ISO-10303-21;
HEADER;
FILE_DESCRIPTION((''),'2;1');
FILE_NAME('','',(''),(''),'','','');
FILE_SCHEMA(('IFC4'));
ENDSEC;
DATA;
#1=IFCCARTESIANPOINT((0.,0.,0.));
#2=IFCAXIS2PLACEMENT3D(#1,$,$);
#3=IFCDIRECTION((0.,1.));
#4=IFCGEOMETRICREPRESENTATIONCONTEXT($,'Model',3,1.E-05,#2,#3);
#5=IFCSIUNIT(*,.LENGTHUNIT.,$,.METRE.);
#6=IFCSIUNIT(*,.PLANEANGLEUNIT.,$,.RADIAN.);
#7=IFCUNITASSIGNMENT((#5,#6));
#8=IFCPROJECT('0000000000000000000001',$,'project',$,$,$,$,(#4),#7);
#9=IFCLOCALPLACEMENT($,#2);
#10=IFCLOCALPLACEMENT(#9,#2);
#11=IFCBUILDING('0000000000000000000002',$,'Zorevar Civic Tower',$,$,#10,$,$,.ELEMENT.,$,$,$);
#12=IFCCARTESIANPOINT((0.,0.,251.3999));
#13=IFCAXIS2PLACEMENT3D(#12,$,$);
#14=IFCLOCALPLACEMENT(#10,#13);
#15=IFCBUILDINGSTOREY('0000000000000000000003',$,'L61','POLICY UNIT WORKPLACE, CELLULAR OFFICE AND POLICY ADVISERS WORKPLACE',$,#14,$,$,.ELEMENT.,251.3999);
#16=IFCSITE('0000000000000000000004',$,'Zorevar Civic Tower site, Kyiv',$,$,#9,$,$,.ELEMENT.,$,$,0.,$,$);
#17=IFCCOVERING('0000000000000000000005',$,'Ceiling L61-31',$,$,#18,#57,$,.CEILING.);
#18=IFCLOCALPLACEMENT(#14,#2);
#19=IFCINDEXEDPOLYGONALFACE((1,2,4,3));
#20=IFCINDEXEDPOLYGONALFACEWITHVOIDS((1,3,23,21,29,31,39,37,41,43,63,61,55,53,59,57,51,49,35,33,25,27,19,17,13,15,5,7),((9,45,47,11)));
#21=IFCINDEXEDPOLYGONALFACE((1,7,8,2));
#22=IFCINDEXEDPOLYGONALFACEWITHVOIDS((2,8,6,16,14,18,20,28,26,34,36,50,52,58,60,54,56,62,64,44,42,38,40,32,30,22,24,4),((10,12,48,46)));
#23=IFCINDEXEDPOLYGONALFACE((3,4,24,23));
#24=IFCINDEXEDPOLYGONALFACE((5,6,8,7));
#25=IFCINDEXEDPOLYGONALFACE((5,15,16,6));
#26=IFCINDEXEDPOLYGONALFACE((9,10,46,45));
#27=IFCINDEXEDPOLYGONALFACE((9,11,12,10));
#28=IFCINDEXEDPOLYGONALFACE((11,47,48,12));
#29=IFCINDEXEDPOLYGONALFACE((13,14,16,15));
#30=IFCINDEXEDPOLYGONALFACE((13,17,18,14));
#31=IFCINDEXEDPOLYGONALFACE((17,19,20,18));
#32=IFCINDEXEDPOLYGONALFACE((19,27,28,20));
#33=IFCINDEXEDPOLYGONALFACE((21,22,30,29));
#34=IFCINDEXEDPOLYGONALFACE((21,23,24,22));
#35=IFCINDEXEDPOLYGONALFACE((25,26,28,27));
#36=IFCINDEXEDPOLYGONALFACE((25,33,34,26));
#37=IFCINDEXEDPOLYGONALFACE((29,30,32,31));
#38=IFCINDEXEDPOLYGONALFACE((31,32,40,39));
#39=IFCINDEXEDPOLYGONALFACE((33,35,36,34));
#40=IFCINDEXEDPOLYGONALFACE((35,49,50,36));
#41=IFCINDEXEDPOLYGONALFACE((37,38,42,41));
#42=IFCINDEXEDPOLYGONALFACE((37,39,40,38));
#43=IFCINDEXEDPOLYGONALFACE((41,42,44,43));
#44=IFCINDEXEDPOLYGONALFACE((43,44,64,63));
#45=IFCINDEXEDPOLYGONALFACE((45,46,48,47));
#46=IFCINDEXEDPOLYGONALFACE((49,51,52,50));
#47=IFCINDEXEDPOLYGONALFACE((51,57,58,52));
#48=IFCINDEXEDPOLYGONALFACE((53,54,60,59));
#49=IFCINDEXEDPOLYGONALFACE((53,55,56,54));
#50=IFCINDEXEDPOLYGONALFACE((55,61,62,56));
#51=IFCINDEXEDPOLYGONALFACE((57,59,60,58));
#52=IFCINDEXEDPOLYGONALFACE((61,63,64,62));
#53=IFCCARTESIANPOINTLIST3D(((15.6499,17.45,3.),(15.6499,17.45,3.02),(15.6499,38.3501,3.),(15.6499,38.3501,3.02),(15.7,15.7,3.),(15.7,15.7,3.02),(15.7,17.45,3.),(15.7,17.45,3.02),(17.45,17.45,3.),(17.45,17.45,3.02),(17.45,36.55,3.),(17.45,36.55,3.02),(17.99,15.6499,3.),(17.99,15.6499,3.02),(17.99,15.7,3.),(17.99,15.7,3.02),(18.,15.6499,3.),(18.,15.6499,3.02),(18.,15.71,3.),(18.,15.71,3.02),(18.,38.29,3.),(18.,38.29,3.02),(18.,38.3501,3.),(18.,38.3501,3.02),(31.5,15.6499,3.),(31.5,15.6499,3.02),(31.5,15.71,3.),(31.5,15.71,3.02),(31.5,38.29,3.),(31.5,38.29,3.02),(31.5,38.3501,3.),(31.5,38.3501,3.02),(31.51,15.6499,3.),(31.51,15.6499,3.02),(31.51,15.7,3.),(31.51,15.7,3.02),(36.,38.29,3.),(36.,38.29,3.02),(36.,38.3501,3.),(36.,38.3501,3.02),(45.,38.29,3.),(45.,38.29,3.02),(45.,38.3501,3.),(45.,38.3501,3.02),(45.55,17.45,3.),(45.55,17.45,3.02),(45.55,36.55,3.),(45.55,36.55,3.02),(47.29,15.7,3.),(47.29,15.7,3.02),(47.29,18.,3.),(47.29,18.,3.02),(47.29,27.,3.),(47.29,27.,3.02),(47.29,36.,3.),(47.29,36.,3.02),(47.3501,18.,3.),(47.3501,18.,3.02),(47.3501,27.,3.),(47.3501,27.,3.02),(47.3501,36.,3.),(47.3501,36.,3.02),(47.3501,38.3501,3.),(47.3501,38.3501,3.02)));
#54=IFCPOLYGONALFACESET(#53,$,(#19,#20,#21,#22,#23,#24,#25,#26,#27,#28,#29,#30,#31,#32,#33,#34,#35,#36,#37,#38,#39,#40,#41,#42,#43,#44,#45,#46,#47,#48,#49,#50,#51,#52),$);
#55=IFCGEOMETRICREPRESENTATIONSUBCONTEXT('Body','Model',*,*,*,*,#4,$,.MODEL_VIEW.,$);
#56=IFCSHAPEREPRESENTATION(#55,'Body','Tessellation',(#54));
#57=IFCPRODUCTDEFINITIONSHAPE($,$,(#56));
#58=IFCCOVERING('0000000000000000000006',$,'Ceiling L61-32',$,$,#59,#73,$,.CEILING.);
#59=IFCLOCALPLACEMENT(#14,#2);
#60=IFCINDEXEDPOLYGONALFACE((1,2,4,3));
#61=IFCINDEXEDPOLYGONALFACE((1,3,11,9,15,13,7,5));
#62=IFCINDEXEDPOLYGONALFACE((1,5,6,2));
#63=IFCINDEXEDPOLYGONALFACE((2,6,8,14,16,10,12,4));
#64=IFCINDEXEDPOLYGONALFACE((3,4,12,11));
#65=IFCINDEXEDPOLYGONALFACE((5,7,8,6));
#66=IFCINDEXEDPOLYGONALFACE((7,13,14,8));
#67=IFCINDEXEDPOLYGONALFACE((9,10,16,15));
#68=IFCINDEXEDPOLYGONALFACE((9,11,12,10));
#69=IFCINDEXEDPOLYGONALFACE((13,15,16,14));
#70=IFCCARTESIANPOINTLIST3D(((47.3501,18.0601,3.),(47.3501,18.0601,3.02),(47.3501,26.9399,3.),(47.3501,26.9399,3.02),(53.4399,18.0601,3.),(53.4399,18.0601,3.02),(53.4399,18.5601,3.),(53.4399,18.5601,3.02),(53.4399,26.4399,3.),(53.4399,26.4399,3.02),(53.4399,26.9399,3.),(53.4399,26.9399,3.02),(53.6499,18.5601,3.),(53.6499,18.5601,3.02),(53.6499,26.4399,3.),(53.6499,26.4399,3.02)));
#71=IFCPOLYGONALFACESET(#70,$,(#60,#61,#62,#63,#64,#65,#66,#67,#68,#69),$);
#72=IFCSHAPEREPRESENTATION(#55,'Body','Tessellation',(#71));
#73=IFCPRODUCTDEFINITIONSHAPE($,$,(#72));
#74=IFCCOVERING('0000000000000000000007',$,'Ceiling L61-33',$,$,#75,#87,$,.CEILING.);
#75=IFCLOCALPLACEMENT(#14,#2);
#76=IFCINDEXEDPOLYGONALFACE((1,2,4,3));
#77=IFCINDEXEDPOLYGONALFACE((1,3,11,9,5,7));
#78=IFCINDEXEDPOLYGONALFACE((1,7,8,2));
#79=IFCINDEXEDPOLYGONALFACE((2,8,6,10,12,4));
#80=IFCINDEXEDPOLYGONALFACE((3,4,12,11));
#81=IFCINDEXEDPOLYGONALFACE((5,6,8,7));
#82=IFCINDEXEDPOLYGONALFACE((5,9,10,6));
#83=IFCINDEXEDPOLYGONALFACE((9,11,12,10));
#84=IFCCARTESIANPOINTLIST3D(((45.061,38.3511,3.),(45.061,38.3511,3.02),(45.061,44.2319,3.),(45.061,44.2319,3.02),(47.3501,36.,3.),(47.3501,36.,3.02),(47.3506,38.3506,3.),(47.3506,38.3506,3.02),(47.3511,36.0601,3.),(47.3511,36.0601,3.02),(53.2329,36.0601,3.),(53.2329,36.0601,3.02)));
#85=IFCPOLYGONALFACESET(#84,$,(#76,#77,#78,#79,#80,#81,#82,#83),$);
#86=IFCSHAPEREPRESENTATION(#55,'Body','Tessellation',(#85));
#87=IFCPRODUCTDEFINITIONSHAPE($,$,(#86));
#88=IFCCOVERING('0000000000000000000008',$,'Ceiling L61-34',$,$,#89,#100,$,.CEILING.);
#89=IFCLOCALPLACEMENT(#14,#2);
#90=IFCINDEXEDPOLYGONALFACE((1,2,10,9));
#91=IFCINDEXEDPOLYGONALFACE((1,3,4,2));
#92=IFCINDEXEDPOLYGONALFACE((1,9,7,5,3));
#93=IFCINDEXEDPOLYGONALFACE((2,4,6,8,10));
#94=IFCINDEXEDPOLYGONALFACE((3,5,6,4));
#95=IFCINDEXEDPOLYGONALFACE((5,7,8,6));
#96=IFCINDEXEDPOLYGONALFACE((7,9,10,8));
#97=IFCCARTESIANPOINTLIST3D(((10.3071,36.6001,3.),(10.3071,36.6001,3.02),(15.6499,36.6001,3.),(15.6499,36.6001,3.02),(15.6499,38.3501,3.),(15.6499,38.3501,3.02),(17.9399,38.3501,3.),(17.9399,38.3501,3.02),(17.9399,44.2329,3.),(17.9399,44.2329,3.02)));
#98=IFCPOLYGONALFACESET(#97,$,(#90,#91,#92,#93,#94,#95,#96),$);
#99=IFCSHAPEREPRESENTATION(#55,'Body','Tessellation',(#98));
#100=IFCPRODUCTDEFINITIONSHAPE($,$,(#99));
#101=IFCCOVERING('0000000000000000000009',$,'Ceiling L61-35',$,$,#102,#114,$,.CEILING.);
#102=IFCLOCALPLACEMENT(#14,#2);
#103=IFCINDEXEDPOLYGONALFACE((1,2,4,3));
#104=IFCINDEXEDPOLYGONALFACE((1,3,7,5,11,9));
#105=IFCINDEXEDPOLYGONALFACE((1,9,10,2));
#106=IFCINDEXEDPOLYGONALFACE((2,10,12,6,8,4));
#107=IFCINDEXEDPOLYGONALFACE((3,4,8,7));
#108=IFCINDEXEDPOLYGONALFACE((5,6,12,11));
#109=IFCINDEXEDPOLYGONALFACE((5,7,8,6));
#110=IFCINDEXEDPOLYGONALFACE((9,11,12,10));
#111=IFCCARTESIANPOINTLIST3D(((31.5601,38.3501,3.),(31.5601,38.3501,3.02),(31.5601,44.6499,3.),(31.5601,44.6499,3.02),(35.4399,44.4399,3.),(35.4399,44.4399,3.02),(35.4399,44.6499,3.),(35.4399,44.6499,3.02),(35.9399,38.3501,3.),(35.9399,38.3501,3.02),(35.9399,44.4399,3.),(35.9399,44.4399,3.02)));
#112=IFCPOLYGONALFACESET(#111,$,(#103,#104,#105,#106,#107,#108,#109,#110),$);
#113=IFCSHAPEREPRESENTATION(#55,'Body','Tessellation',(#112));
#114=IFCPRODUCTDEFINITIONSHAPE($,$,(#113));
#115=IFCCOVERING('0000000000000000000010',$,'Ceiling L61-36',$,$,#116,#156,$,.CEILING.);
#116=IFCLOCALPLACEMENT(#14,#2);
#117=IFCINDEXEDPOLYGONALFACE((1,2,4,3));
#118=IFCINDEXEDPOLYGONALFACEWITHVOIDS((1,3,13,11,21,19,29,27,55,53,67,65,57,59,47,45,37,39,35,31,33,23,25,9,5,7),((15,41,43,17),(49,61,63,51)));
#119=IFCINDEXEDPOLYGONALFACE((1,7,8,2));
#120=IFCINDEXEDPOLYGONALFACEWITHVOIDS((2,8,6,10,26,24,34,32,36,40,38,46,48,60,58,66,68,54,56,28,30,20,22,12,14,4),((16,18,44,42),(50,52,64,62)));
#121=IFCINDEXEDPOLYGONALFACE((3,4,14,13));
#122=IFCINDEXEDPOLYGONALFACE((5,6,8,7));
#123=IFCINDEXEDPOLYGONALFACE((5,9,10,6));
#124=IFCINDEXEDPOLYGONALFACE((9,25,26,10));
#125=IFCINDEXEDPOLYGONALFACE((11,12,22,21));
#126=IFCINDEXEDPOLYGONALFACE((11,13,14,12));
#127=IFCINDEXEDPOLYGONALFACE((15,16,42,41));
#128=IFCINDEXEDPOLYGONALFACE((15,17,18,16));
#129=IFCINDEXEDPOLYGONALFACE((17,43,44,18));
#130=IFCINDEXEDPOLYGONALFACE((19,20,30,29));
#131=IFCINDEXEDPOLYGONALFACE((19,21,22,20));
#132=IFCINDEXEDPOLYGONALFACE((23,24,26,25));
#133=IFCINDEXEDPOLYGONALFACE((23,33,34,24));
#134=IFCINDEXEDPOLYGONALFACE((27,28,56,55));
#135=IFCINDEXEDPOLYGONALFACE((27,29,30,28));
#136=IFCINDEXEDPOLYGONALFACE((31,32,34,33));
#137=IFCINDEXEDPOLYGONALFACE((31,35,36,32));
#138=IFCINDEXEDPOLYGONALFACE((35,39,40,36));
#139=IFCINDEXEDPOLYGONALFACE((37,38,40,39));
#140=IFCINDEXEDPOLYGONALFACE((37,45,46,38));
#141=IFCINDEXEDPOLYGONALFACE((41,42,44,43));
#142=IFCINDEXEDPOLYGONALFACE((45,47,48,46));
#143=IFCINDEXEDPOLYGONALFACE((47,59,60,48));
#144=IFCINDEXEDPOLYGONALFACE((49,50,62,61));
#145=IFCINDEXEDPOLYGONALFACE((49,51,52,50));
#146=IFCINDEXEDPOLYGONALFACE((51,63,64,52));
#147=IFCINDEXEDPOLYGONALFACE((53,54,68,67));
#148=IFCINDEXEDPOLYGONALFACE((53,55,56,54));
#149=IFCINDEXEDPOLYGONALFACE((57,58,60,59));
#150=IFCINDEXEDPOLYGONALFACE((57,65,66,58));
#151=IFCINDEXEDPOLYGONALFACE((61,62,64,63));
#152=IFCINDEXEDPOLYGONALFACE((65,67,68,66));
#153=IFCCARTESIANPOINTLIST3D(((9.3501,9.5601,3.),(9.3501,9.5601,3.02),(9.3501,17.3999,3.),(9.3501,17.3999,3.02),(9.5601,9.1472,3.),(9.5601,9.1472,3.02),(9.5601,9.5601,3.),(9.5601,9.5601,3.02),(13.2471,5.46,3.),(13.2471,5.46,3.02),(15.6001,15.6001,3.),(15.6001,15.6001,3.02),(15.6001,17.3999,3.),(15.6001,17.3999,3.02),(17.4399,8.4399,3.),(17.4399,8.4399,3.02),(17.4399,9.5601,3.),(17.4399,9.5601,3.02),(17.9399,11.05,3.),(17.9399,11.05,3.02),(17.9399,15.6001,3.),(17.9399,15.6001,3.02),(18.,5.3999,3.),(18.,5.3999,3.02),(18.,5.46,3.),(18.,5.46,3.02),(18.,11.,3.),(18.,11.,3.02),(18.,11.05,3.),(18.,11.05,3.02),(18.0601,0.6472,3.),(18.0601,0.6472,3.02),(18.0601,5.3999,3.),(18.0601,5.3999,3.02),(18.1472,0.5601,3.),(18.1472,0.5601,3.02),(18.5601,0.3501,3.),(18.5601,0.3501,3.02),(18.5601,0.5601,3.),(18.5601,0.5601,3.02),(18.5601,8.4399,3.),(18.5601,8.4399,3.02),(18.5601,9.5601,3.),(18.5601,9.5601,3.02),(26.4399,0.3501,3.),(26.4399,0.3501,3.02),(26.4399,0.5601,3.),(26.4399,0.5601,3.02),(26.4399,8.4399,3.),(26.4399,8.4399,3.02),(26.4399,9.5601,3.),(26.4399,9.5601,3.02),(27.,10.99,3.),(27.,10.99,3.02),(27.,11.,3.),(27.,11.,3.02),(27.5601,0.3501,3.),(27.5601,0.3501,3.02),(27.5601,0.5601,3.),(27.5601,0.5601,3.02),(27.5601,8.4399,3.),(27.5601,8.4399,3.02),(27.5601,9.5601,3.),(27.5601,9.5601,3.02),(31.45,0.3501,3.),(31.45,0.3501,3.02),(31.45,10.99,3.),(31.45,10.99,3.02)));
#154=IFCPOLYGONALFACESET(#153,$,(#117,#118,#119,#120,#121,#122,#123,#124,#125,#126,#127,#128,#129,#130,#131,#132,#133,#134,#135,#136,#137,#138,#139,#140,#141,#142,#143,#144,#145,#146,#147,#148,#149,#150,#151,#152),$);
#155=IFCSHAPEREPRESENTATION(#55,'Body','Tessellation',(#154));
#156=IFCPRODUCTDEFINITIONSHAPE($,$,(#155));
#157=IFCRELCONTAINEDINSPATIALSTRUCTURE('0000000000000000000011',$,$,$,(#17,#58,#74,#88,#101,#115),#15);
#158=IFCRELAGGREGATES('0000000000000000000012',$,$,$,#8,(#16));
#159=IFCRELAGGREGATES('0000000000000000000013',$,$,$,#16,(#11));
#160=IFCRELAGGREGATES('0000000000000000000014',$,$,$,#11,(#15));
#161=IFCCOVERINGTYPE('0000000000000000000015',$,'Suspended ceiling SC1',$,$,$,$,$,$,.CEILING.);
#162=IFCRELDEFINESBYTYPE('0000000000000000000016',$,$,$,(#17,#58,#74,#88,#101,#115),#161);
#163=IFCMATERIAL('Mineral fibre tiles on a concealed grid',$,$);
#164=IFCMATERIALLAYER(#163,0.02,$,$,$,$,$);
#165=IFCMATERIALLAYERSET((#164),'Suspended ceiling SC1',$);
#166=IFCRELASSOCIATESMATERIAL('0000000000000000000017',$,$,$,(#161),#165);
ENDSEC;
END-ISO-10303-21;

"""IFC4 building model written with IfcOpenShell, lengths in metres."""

from ifc_helpers import new_model, si_unit, direction, frame, origin, place, context, subcontext, project, spatial, polyline, outline, extrude, material, layer, layer_set, type_object, element, save


model = new_model("IFC4")

# Units and contexts
model_context = context("Model", 3, precision=1e-05, world=origin(), true_north=direction((0.0, 1.0)))
body_context = subcontext(model_context, "Body", "Model", "MODEL_VIEW")
ifc_project = project(units=[si_unit("LENGTHUNIT", "METRE"), si_unit("PLANEANGLEUNIT", "RADIAN")], contexts=[model_context])

# Site, building, storey
site_placement = place(None, origin())
site = spatial("IfcSite", under=ifc_project, at=site_placement, Name="Zorevar Civic Tower site, Kyiv", CompositionType="ELEMENT", RefElevation=0.0)
building_placement = place(site_placement, origin())
building = spatial("IfcBuilding", under=site, at=building_placement, Name="Zorevar Civic Tower", CompositionType="ELEMENT")
storey_placement = place(building_placement, frame((0.0, 0.0, 251.3999)))
storey = spatial("IfcBuildingStorey", under=building, at=storey_placement, Name="L61", Description="POLICY UNIT WORKPLACE, CELLULAR OFFICE AND POLICY ADVISERS WORKPLACE", CompositionType="ELEMENT", Elevation=251.3999)

# Coverings
ifc_material_1 = material(Name="Mineral fibre tiles on a concealed grid")
ifc_layer_1 = layer(ifc_material_1, 0.02)
ifc_layer_set_1 = layer_set([ifc_layer_1], Name="Suspended ceiling SC1")
covering_type_1 = type_object("IfcCoveringType", Name="Suspended ceiling SC1", PredefinedType="CEILING", material=ifc_layer_set_1)
covering_1_placement = place(storey_placement, frame((0.0, 0.0, 3.0)))
element("IfcCovering", 1, at=covering_1_placement, inside=storey, type_object=covering_type_1, Name="Ceiling L61-31", PredefinedType="CEILING", context=body_context, shape_type="SweptSolid", body=[
    extrude(outline(polyline([(15.6499, 17.45), (15.6499, 38.3501), (18.0, 38.3501), (18.0, 38.29), (31.5, 38.29), (31.5, 38.3501), (36.0, 38.3501), (36.0, 38.29), (45.0, 38.29), (45.0, 38.3501), (47.3501, 38.3501), (47.3501, 36.0), (47.29, 36.0), (47.29, 27.0), (47.3501, 27.0), (47.3501, 18.0), (47.29, 18.0), (47.29, 15.7), (31.51, 15.7), (31.51, 15.6499), (31.5, 15.6499), (31.5, 15.71), (18.0, 15.71), (18.0, 15.6499), (17.99, 15.6499), (17.99, 15.7), (15.7, 15.7), (15.7, 17.45), (15.6499, 17.45)]), holes=[polyline([(45.55, 36.55), (17.45, 36.55), (17.45, 17.45), (45.55, 17.45), (45.55, 36.55)])]), origin(), (0.0, 0.0, 1.0), 0.02),
])
covering_2_placement = place(storey_placement, frame((0.0, 0.0, 3.0)))
element("IfcCovering", 2, at=covering_2_placement, inside=storey, type_object=covering_type_1, Name="Ceiling L61-32", PredefinedType="CEILING", context=body_context, shape_type="SweptSolid", body=[
    extrude(outline(polyline([(53.6499, 18.5601), (53.4399, 18.5601), (53.4399, 18.0601), (47.3501, 18.0601), (47.3501, 26.9399), (53.4399, 26.9399), (53.4399, 26.4399), (53.6499, 26.4399), (53.6499, 18.5601)])), origin(), (0.0, 0.0, 1.0), 0.02),
])
covering_3_placement = place(storey_placement, frame((0.0, 0.0, 3.0)))
element("IfcCovering", 3, at=covering_3_placement, inside=storey, type_object=covering_type_1, Name="Ceiling L61-33", PredefinedType="CEILING", context=body_context, shape_type="SweptSolid", body=[
    extrude(outline(polyline([(47.3511, 36.0601), (47.3501, 36.0), (47.3506, 38.3506), (45.061, 38.3511), (45.061, 44.2319), (53.2329, 36.0601), (47.3511, 36.0601)])), origin(), (0.0, 0.0, 1.0), 0.02),
])
covering_4_placement = place(storey_placement, frame((0.0, 0.0, 3.0)))
element("IfcCovering", 4, at=covering_4_placement, inside=storey, type_object=covering_type_1, Name="Ceiling L61-34", PredefinedType="CEILING", context=body_context, shape_type="SweptSolid", body=[
    extrude(outline(polyline([(17.9399, 38.3501), (15.6499, 38.3501), (15.6499, 36.6001), (10.3071, 36.6001), (17.9399, 44.2329), (17.9399, 38.3501)])), origin(), (0.0, 0.0, 1.0), 0.02),
])
covering_5_placement = place(storey_placement, frame((0.0, 0.0, 3.0)))
element("IfcCovering", 5, at=covering_5_placement, inside=storey, type_object=covering_type_1, Name="Ceiling L61-35", PredefinedType="CEILING", context=body_context, shape_type="SweptSolid", body=[
    extrude(outline(polyline([(31.5601, 44.6499), (35.4399, 44.6499), (35.4399, 44.4399), (35.9399, 44.4399), (35.9399, 38.3501), (31.5601, 38.3501), (31.5601, 44.6499)])), origin(), (0.0, 0.0, 1.0), 0.02),
])
covering_6_placement = place(storey_placement, frame((0.0, 0.0, 3.0)))
element("IfcCovering", 6, at=covering_6_placement, inside=storey, type_object=covering_type_1, Name="Ceiling L61-36", PredefinedType="CEILING", context=body_context, shape_type="SweptSolid", body=[
    extrude(outline(polyline([(9.3501, 17.3999), (15.6001, 17.3999), (15.6001, 15.6001), (17.9399, 15.6001), (17.9399, 11.05), (18.0, 11.05), (18.0, 11.0), (27.0, 11.0), (27.0, 10.99), (31.45, 10.99), (31.45, 0.3501), (27.5601, 0.3501), (27.5601, 0.5601), (26.4399, 0.5601), (26.4399, 0.3501), (18.5601, 0.3501), (18.5601, 0.5601), (18.1472, 0.5601), (18.0601, 0.6472), (18.0601, 5.3999), (18.0, 5.3999), (18.0, 5.46), (13.2471, 5.46), (9.5601, 9.1472), (9.5601, 9.5601), (9.3501, 9.5601), (9.3501, 17.3999)]), holes=[polyline([(18.5601, 8.4399), (18.5601, 9.5601), (17.4399, 9.5601), (17.4399, 8.4399), (18.5601, 8.4399)]), polyline([(26.4399, 9.5601), (26.4399, 8.4399), (27.5601, 8.4399), (27.5601, 9.5601), (26.4399, 9.5601)])]), origin(), (0.0, 0.0, 1.0), 0.02),
])

save(model, "model.ifc")
